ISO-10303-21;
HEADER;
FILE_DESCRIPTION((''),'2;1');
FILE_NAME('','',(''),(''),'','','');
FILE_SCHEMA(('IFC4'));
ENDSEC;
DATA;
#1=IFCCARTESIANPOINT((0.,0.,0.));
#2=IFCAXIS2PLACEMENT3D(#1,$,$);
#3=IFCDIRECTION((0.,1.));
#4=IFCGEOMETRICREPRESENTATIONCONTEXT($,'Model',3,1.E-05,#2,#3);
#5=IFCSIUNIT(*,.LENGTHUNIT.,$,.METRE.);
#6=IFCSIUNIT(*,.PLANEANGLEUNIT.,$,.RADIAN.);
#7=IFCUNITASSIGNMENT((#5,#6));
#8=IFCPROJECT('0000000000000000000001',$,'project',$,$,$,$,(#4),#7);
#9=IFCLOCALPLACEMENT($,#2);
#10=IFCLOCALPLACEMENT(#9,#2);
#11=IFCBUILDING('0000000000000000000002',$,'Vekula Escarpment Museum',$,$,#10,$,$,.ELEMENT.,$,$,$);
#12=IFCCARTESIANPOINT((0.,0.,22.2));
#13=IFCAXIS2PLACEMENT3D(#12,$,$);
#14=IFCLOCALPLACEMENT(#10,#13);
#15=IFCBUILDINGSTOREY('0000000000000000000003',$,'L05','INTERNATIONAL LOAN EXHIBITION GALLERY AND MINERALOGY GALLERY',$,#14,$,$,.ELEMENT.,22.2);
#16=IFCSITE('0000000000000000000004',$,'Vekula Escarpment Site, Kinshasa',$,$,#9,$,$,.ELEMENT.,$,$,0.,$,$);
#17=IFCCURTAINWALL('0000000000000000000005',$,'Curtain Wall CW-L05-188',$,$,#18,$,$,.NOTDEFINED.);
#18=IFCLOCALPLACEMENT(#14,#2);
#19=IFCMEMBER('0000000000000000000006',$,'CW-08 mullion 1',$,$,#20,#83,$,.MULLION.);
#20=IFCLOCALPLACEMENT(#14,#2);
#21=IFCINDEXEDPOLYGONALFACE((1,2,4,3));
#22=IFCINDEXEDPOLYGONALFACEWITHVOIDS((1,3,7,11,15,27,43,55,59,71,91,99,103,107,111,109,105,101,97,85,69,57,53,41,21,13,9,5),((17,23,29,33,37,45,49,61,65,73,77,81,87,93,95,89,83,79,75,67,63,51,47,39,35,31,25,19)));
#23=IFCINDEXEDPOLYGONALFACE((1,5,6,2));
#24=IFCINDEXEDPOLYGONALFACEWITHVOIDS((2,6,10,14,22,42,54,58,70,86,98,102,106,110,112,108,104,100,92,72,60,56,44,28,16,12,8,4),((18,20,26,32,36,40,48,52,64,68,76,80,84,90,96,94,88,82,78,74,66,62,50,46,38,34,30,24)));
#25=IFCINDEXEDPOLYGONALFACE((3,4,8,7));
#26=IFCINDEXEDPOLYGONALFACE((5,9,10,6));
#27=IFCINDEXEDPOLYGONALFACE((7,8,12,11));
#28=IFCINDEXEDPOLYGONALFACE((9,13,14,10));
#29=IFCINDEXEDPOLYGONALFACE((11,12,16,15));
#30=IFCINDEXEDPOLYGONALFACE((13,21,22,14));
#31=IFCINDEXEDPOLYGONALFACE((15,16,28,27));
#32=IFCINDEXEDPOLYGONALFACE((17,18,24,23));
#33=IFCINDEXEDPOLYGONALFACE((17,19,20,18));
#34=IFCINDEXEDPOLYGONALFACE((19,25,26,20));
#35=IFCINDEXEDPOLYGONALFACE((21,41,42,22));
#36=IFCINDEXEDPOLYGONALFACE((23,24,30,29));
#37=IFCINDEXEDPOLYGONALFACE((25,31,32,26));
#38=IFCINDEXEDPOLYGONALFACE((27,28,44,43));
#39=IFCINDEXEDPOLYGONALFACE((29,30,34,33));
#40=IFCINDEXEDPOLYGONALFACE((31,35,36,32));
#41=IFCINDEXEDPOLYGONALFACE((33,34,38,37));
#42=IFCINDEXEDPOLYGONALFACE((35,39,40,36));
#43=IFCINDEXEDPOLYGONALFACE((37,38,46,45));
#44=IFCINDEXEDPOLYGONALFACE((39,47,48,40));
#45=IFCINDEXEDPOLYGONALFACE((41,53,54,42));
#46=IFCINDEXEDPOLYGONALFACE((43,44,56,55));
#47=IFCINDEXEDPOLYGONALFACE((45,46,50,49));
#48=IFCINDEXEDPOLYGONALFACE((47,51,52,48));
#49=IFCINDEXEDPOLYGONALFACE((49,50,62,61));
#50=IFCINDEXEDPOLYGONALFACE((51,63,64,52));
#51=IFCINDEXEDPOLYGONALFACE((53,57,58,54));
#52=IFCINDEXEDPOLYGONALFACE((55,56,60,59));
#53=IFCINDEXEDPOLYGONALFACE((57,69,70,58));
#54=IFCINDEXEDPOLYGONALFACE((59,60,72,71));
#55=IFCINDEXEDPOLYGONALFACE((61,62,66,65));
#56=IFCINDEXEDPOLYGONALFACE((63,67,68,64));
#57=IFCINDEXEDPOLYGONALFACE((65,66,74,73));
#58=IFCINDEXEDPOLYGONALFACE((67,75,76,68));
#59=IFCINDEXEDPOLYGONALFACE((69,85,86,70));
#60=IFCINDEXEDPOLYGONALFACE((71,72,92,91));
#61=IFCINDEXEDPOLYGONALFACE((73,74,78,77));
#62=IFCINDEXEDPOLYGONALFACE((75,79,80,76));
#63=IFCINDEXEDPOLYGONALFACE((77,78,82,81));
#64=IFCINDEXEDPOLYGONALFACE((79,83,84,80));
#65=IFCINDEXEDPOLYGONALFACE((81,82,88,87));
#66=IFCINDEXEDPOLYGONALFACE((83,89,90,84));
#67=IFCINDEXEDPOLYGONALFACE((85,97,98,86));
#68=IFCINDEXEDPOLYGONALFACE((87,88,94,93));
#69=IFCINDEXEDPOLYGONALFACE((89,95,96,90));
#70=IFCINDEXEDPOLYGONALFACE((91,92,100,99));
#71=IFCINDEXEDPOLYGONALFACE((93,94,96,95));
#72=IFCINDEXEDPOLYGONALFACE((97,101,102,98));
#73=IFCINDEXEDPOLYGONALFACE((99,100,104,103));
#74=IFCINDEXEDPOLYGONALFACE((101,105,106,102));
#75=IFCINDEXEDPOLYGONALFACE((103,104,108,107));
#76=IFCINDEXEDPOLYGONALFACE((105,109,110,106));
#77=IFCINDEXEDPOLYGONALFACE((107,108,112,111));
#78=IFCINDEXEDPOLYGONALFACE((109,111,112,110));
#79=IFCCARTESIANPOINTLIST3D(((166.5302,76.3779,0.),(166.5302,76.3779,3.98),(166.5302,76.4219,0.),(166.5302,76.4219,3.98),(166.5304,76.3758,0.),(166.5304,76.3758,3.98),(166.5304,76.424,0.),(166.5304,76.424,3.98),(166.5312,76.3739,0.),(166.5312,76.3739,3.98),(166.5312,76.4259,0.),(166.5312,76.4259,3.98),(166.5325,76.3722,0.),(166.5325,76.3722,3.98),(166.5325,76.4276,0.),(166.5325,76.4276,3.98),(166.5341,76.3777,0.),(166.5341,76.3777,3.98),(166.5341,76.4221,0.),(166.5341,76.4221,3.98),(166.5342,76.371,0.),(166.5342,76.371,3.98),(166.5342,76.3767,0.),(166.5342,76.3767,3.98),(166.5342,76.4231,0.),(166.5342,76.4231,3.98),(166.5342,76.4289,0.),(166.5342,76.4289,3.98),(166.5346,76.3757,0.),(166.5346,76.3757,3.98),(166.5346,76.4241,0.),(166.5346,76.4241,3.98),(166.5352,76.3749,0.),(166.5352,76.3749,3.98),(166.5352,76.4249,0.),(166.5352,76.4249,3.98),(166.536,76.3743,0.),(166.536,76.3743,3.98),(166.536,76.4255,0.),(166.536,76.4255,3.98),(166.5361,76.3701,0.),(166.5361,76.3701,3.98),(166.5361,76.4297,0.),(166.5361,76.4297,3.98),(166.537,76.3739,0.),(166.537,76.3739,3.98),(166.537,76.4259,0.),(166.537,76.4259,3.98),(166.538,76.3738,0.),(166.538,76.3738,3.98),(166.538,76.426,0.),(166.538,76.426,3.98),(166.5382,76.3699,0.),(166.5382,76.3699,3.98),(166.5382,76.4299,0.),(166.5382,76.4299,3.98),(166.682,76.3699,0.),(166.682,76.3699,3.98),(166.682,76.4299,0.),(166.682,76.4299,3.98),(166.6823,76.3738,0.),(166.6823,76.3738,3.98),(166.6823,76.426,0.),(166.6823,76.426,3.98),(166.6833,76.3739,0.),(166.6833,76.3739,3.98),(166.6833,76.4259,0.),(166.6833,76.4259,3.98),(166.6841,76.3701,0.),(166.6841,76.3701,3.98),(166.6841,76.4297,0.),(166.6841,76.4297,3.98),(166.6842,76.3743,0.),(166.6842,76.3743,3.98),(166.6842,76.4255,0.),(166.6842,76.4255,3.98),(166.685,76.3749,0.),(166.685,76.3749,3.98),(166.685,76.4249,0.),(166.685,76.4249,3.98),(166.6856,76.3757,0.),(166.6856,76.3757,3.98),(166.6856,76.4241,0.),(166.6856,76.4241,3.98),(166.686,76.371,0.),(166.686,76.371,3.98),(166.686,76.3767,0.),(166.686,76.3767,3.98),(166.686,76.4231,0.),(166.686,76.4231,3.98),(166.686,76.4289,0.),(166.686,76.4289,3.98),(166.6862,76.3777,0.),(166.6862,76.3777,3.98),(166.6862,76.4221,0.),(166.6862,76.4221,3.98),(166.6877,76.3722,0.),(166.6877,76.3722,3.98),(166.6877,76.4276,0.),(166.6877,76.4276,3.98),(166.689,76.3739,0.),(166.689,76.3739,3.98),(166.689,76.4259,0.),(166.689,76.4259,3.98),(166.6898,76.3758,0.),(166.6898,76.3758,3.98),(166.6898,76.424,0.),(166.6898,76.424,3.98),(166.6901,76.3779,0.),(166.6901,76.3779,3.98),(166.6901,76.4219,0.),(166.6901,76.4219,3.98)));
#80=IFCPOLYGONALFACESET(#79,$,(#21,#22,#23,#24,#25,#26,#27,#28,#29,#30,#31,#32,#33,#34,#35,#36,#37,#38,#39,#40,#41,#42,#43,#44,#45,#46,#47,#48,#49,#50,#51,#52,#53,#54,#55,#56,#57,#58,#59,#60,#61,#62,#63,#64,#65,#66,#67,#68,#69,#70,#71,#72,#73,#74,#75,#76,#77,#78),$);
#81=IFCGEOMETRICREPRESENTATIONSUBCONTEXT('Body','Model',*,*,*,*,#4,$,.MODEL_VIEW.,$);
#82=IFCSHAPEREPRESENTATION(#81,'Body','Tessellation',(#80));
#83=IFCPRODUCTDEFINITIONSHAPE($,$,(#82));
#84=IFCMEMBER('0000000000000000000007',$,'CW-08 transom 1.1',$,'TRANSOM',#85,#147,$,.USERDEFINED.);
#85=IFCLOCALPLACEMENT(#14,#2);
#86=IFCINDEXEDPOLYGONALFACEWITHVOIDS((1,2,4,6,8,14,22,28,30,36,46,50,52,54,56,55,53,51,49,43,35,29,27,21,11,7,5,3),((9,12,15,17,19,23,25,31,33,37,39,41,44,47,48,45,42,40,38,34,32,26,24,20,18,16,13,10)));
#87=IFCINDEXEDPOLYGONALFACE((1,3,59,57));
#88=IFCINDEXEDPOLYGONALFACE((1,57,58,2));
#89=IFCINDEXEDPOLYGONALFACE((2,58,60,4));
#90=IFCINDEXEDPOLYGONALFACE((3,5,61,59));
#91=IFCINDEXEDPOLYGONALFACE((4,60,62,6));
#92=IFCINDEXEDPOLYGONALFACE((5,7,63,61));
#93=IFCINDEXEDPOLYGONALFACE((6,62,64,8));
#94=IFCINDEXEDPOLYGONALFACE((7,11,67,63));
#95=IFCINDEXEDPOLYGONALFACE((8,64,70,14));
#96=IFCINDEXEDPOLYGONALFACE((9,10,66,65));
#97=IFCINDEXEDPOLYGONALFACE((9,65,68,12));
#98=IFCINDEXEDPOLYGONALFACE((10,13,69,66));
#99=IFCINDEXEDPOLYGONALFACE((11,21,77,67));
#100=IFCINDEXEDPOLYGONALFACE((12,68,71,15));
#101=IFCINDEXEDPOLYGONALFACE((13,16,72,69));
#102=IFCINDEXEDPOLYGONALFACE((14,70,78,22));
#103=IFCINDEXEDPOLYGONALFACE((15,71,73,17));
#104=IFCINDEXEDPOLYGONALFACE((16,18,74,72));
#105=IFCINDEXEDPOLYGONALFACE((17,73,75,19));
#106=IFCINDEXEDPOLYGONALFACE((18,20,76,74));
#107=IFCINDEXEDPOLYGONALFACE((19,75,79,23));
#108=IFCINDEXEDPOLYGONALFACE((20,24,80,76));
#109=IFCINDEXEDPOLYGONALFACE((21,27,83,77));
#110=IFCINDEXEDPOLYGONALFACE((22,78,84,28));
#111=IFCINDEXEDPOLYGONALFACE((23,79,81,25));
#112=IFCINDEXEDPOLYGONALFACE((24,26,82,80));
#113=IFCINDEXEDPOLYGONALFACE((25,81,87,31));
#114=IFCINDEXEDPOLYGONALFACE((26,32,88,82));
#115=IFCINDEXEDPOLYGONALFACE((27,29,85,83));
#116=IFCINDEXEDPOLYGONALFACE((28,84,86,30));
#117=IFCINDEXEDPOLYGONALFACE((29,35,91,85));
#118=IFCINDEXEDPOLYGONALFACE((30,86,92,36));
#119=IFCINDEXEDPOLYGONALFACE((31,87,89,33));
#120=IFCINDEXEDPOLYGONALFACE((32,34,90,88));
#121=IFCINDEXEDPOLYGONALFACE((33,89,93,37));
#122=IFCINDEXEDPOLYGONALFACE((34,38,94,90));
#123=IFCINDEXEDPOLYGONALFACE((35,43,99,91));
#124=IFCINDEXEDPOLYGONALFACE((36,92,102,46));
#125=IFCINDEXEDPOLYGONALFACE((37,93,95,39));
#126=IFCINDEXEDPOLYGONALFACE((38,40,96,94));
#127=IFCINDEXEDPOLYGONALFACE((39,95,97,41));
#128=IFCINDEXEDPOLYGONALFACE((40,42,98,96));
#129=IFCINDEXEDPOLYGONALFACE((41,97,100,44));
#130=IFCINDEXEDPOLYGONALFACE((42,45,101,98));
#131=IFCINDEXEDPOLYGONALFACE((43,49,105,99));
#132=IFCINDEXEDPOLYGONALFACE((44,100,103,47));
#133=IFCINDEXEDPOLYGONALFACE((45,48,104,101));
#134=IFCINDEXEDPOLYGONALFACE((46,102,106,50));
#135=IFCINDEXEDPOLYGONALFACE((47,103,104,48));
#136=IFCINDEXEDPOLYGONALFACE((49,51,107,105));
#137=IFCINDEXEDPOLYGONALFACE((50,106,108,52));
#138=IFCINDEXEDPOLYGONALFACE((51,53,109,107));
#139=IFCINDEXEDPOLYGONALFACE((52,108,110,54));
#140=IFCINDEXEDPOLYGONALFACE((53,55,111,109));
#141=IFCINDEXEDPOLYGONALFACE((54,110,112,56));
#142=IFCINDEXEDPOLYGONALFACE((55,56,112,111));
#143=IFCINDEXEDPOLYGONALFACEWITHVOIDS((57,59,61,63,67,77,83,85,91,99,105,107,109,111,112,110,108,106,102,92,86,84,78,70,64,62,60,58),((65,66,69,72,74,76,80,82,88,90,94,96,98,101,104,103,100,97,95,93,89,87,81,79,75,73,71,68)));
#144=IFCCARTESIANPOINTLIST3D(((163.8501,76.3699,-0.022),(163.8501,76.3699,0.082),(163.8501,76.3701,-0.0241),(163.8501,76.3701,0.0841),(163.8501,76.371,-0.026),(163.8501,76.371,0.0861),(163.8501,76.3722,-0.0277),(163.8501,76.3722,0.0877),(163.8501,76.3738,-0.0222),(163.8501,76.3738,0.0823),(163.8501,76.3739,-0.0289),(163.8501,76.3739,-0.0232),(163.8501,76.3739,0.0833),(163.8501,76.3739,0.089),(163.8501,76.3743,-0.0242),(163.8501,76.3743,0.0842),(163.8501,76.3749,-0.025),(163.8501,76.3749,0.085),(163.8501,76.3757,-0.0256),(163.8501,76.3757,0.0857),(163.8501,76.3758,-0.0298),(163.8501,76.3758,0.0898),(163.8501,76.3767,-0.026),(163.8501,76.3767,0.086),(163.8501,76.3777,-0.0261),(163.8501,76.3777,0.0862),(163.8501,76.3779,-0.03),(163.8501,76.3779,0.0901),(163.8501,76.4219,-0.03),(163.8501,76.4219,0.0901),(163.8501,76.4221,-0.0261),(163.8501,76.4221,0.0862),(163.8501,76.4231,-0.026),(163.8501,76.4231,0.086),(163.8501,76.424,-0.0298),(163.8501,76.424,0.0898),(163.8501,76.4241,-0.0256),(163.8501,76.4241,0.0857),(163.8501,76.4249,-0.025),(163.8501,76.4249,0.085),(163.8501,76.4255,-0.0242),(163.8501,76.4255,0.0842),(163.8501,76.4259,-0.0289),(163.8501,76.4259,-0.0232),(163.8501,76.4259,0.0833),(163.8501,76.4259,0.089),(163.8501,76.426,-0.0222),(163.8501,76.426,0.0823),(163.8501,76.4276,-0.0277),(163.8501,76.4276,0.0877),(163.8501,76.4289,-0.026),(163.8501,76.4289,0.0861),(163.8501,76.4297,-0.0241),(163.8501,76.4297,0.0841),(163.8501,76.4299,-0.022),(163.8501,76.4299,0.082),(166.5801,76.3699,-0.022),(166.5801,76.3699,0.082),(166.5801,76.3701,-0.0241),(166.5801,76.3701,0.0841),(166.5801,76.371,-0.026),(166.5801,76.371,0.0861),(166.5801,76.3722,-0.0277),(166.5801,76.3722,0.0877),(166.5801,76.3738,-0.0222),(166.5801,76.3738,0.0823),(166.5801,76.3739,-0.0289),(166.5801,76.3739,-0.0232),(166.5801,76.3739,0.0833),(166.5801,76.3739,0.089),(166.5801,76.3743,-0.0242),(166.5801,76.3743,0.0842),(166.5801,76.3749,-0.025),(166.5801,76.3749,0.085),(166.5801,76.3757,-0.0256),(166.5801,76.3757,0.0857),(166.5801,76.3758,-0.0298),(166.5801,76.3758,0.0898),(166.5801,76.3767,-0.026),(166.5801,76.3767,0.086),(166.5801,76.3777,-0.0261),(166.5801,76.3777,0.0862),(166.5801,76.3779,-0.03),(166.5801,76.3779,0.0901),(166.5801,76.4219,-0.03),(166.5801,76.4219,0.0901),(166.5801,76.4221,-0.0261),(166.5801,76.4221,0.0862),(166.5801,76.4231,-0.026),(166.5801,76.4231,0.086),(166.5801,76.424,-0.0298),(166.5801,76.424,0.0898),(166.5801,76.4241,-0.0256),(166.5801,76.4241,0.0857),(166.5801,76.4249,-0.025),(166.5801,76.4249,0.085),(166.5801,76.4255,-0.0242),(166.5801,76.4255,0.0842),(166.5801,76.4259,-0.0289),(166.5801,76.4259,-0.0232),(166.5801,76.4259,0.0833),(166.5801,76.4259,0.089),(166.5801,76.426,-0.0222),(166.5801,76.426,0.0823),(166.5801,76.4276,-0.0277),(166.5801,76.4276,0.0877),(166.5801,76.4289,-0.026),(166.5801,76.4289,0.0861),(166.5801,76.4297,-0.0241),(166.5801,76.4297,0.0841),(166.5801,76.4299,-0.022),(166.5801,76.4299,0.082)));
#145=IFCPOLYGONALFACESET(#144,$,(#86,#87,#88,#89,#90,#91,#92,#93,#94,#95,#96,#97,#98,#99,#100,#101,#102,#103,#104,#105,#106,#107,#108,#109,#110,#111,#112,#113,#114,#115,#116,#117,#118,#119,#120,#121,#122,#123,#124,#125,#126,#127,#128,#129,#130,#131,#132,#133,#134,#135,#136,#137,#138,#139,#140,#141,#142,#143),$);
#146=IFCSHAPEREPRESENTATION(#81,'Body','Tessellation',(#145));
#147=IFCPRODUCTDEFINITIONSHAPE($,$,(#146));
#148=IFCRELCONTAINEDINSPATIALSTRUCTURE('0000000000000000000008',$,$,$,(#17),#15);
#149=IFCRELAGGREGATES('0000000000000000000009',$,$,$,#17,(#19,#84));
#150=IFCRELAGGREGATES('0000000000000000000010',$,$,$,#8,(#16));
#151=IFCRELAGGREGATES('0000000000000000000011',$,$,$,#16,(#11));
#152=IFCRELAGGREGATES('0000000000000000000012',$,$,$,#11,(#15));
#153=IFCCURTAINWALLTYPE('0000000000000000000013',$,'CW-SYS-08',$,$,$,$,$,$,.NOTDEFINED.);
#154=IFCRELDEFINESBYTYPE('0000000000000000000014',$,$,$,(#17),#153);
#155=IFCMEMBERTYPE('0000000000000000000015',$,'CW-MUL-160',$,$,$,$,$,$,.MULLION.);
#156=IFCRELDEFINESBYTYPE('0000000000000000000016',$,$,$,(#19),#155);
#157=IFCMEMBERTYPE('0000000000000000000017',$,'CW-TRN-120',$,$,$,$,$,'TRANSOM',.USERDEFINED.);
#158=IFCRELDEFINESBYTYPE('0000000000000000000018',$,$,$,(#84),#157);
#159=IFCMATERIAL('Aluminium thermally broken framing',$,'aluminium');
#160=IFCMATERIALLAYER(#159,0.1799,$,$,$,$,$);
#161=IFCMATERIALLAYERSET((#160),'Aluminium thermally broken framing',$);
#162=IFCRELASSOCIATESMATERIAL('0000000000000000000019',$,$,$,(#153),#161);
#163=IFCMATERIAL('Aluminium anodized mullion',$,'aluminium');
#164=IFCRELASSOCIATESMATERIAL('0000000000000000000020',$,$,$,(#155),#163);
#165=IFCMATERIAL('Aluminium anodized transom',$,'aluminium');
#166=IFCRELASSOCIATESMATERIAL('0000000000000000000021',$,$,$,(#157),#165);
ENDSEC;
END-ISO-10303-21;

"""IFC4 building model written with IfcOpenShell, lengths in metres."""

from ifc_helpers import new_model, si_unit, direction, frame, origin, origin_2d, place, context, subcontext, project, spatial, hollow_rectangle, extrude, material, layer, layer_set, material_profile, profile_set, type_object, element, aggregate, save


model = new_model("IFC4")

# Units and contexts
model_context = context("Model", 3, precision=1e-05, world=origin(), true_north=direction((0.0, 1.0)))
body_context = subcontext(model_context, "Body", "Model", "MODEL_VIEW")
ifc_project = project(units=[si_unit("LENGTHUNIT", "METRE"), si_unit("PLANEANGLEUNIT", "RADIAN")], contexts=[model_context])

# Site, building, storey
site_placement = place(None, origin())
site = spatial("IfcSite", under=ifc_project, at=site_placement, Name="Vekula Escarpment Site, Kinshasa", CompositionType="ELEMENT", RefElevation=0.0)
building_placement = place(site_placement, origin())
building = spatial("IfcBuilding", under=site, at=building_placement, Name="Vekula Escarpment Museum", CompositionType="ELEMENT")
storey_placement = place(building_placement, frame((0.0, 0.0, 22.2)))
storey = spatial("IfcBuildingStorey", under=building, at=storey_placement, Name="L05", Description="INTERNATIONAL LOAN EXHIBITION GALLERY AND MINERALOGY GALLERY", CompositionType="ELEMENT", Elevation=22.2)

# Curtain wall, members
ifc_material_1 = material(Name="Aluminium thermally broken framing", Category="aluminium")
ifc_layer_1 = layer(ifc_material_1, 0.1799)
ifc_layer_set_1 = layer_set([ifc_layer_1], Name="Aluminium thermally broken framing")
curtain_wall_type = type_object("IfcCurtainWallType", Name="CW-SYS-08", PredefinedType="NOTDEFINED", material=ifc_layer_set_1)
curtain_wall_placement = place(storey_placement, origin())
curtain_wall = element("IfcCurtainWall", 1, at=curtain_wall_placement, inside=storey, type_object=curtain_wall_type, Name="Curtain Wall CW-L05-188", PredefinedType="NOTDEFINED")
ifc_material_2 = material(Name="Aluminium anodized mullion", Category="aluminium")
ifc_material_profile_1 = material_profile(ifc_material_2, hollow_rectangle(XDim=0.0601, YDim=0.1599, WallThickness=0.0039, InnerFilletRadius=0.0039, OuterFilletRadius=0.0081, at=origin_2d()), Name="ALU 160x60x4")
ifc_profile_set_1 = profile_set([ifc_material_profile_1], Name="Aluminium anodized mullion")
member_type_1 = type_object("IfcMemberType", Name="CW-MUL-160", PredefinedType="MULLION", material=ifc_profile_set_1)
member_1_placement = place(storey_placement, frame((166.6101, 76.3999, 0.0), z_axis=(0.0, 0.0, 1.0), x_axis=(0.0, -1.0, 0.0)))
member_1 = element("IfcMember", 2, at=member_1_placement, type_object=member_type_1, Name="CW-08 mullion 1", PredefinedType="MULLION", context=body_context, shape_type="SweptSolid", body=[
    extrude(hollow_rectangle(XDim=0.0601, YDim=0.1599, WallThickness=0.0039, InnerFilletRadius=0.0039, OuterFilletRadius=0.0081, at=origin_2d()), origin(), (0.0, 0.0, 1.0), 3.98),
])
ifc_material_3 = material(Name="Aluminium anodized transom", Category="aluminium")
ifc_material_profile_2 = material_profile(ifc_material_3, hollow_rectangle(XDim=0.0601, YDim=0.1201, WallThickness=0.0039, InnerFilletRadius=0.0039, OuterFilletRadius=0.0081, at=origin_2d()), Name="ALU 120x60x4")
ifc_profile_set_2 = profile_set([ifc_material_profile_2], Name="Aluminium anodized transom")
member_type_2 = type_object("IfcMemberType", Name="CW-TRN-120", ElementType="TRANSOM", PredefinedType="USERDEFINED", material=ifc_profile_set_2)
member_2_placement = place(storey_placement, frame((166.5801, 76.3999, 0.03), z_axis=(-1.0, 0.0, 0.0), x_axis=(0.0, -1.0, 0.0)))
member_2 = element("IfcMember", 3, at=member_2_placement, type_object=member_type_2, Name="CW-08 transom 1.1", ObjectType="TRANSOM", PredefinedType="USERDEFINED", context=body_context, shape_type="SweptSolid", body=[
    extrude(hollow_rectangle(XDim=0.0601, YDim=0.1201, WallThickness=0.0039, InnerFilletRadius=0.0039, OuterFilletRadius=0.0081, at=origin_2d()), origin(), (0.0, 0.0, 1.0), 2.73),
])
aggregate(curtain_wall, [member_1, member_2])

save(model, "model.ifc")
